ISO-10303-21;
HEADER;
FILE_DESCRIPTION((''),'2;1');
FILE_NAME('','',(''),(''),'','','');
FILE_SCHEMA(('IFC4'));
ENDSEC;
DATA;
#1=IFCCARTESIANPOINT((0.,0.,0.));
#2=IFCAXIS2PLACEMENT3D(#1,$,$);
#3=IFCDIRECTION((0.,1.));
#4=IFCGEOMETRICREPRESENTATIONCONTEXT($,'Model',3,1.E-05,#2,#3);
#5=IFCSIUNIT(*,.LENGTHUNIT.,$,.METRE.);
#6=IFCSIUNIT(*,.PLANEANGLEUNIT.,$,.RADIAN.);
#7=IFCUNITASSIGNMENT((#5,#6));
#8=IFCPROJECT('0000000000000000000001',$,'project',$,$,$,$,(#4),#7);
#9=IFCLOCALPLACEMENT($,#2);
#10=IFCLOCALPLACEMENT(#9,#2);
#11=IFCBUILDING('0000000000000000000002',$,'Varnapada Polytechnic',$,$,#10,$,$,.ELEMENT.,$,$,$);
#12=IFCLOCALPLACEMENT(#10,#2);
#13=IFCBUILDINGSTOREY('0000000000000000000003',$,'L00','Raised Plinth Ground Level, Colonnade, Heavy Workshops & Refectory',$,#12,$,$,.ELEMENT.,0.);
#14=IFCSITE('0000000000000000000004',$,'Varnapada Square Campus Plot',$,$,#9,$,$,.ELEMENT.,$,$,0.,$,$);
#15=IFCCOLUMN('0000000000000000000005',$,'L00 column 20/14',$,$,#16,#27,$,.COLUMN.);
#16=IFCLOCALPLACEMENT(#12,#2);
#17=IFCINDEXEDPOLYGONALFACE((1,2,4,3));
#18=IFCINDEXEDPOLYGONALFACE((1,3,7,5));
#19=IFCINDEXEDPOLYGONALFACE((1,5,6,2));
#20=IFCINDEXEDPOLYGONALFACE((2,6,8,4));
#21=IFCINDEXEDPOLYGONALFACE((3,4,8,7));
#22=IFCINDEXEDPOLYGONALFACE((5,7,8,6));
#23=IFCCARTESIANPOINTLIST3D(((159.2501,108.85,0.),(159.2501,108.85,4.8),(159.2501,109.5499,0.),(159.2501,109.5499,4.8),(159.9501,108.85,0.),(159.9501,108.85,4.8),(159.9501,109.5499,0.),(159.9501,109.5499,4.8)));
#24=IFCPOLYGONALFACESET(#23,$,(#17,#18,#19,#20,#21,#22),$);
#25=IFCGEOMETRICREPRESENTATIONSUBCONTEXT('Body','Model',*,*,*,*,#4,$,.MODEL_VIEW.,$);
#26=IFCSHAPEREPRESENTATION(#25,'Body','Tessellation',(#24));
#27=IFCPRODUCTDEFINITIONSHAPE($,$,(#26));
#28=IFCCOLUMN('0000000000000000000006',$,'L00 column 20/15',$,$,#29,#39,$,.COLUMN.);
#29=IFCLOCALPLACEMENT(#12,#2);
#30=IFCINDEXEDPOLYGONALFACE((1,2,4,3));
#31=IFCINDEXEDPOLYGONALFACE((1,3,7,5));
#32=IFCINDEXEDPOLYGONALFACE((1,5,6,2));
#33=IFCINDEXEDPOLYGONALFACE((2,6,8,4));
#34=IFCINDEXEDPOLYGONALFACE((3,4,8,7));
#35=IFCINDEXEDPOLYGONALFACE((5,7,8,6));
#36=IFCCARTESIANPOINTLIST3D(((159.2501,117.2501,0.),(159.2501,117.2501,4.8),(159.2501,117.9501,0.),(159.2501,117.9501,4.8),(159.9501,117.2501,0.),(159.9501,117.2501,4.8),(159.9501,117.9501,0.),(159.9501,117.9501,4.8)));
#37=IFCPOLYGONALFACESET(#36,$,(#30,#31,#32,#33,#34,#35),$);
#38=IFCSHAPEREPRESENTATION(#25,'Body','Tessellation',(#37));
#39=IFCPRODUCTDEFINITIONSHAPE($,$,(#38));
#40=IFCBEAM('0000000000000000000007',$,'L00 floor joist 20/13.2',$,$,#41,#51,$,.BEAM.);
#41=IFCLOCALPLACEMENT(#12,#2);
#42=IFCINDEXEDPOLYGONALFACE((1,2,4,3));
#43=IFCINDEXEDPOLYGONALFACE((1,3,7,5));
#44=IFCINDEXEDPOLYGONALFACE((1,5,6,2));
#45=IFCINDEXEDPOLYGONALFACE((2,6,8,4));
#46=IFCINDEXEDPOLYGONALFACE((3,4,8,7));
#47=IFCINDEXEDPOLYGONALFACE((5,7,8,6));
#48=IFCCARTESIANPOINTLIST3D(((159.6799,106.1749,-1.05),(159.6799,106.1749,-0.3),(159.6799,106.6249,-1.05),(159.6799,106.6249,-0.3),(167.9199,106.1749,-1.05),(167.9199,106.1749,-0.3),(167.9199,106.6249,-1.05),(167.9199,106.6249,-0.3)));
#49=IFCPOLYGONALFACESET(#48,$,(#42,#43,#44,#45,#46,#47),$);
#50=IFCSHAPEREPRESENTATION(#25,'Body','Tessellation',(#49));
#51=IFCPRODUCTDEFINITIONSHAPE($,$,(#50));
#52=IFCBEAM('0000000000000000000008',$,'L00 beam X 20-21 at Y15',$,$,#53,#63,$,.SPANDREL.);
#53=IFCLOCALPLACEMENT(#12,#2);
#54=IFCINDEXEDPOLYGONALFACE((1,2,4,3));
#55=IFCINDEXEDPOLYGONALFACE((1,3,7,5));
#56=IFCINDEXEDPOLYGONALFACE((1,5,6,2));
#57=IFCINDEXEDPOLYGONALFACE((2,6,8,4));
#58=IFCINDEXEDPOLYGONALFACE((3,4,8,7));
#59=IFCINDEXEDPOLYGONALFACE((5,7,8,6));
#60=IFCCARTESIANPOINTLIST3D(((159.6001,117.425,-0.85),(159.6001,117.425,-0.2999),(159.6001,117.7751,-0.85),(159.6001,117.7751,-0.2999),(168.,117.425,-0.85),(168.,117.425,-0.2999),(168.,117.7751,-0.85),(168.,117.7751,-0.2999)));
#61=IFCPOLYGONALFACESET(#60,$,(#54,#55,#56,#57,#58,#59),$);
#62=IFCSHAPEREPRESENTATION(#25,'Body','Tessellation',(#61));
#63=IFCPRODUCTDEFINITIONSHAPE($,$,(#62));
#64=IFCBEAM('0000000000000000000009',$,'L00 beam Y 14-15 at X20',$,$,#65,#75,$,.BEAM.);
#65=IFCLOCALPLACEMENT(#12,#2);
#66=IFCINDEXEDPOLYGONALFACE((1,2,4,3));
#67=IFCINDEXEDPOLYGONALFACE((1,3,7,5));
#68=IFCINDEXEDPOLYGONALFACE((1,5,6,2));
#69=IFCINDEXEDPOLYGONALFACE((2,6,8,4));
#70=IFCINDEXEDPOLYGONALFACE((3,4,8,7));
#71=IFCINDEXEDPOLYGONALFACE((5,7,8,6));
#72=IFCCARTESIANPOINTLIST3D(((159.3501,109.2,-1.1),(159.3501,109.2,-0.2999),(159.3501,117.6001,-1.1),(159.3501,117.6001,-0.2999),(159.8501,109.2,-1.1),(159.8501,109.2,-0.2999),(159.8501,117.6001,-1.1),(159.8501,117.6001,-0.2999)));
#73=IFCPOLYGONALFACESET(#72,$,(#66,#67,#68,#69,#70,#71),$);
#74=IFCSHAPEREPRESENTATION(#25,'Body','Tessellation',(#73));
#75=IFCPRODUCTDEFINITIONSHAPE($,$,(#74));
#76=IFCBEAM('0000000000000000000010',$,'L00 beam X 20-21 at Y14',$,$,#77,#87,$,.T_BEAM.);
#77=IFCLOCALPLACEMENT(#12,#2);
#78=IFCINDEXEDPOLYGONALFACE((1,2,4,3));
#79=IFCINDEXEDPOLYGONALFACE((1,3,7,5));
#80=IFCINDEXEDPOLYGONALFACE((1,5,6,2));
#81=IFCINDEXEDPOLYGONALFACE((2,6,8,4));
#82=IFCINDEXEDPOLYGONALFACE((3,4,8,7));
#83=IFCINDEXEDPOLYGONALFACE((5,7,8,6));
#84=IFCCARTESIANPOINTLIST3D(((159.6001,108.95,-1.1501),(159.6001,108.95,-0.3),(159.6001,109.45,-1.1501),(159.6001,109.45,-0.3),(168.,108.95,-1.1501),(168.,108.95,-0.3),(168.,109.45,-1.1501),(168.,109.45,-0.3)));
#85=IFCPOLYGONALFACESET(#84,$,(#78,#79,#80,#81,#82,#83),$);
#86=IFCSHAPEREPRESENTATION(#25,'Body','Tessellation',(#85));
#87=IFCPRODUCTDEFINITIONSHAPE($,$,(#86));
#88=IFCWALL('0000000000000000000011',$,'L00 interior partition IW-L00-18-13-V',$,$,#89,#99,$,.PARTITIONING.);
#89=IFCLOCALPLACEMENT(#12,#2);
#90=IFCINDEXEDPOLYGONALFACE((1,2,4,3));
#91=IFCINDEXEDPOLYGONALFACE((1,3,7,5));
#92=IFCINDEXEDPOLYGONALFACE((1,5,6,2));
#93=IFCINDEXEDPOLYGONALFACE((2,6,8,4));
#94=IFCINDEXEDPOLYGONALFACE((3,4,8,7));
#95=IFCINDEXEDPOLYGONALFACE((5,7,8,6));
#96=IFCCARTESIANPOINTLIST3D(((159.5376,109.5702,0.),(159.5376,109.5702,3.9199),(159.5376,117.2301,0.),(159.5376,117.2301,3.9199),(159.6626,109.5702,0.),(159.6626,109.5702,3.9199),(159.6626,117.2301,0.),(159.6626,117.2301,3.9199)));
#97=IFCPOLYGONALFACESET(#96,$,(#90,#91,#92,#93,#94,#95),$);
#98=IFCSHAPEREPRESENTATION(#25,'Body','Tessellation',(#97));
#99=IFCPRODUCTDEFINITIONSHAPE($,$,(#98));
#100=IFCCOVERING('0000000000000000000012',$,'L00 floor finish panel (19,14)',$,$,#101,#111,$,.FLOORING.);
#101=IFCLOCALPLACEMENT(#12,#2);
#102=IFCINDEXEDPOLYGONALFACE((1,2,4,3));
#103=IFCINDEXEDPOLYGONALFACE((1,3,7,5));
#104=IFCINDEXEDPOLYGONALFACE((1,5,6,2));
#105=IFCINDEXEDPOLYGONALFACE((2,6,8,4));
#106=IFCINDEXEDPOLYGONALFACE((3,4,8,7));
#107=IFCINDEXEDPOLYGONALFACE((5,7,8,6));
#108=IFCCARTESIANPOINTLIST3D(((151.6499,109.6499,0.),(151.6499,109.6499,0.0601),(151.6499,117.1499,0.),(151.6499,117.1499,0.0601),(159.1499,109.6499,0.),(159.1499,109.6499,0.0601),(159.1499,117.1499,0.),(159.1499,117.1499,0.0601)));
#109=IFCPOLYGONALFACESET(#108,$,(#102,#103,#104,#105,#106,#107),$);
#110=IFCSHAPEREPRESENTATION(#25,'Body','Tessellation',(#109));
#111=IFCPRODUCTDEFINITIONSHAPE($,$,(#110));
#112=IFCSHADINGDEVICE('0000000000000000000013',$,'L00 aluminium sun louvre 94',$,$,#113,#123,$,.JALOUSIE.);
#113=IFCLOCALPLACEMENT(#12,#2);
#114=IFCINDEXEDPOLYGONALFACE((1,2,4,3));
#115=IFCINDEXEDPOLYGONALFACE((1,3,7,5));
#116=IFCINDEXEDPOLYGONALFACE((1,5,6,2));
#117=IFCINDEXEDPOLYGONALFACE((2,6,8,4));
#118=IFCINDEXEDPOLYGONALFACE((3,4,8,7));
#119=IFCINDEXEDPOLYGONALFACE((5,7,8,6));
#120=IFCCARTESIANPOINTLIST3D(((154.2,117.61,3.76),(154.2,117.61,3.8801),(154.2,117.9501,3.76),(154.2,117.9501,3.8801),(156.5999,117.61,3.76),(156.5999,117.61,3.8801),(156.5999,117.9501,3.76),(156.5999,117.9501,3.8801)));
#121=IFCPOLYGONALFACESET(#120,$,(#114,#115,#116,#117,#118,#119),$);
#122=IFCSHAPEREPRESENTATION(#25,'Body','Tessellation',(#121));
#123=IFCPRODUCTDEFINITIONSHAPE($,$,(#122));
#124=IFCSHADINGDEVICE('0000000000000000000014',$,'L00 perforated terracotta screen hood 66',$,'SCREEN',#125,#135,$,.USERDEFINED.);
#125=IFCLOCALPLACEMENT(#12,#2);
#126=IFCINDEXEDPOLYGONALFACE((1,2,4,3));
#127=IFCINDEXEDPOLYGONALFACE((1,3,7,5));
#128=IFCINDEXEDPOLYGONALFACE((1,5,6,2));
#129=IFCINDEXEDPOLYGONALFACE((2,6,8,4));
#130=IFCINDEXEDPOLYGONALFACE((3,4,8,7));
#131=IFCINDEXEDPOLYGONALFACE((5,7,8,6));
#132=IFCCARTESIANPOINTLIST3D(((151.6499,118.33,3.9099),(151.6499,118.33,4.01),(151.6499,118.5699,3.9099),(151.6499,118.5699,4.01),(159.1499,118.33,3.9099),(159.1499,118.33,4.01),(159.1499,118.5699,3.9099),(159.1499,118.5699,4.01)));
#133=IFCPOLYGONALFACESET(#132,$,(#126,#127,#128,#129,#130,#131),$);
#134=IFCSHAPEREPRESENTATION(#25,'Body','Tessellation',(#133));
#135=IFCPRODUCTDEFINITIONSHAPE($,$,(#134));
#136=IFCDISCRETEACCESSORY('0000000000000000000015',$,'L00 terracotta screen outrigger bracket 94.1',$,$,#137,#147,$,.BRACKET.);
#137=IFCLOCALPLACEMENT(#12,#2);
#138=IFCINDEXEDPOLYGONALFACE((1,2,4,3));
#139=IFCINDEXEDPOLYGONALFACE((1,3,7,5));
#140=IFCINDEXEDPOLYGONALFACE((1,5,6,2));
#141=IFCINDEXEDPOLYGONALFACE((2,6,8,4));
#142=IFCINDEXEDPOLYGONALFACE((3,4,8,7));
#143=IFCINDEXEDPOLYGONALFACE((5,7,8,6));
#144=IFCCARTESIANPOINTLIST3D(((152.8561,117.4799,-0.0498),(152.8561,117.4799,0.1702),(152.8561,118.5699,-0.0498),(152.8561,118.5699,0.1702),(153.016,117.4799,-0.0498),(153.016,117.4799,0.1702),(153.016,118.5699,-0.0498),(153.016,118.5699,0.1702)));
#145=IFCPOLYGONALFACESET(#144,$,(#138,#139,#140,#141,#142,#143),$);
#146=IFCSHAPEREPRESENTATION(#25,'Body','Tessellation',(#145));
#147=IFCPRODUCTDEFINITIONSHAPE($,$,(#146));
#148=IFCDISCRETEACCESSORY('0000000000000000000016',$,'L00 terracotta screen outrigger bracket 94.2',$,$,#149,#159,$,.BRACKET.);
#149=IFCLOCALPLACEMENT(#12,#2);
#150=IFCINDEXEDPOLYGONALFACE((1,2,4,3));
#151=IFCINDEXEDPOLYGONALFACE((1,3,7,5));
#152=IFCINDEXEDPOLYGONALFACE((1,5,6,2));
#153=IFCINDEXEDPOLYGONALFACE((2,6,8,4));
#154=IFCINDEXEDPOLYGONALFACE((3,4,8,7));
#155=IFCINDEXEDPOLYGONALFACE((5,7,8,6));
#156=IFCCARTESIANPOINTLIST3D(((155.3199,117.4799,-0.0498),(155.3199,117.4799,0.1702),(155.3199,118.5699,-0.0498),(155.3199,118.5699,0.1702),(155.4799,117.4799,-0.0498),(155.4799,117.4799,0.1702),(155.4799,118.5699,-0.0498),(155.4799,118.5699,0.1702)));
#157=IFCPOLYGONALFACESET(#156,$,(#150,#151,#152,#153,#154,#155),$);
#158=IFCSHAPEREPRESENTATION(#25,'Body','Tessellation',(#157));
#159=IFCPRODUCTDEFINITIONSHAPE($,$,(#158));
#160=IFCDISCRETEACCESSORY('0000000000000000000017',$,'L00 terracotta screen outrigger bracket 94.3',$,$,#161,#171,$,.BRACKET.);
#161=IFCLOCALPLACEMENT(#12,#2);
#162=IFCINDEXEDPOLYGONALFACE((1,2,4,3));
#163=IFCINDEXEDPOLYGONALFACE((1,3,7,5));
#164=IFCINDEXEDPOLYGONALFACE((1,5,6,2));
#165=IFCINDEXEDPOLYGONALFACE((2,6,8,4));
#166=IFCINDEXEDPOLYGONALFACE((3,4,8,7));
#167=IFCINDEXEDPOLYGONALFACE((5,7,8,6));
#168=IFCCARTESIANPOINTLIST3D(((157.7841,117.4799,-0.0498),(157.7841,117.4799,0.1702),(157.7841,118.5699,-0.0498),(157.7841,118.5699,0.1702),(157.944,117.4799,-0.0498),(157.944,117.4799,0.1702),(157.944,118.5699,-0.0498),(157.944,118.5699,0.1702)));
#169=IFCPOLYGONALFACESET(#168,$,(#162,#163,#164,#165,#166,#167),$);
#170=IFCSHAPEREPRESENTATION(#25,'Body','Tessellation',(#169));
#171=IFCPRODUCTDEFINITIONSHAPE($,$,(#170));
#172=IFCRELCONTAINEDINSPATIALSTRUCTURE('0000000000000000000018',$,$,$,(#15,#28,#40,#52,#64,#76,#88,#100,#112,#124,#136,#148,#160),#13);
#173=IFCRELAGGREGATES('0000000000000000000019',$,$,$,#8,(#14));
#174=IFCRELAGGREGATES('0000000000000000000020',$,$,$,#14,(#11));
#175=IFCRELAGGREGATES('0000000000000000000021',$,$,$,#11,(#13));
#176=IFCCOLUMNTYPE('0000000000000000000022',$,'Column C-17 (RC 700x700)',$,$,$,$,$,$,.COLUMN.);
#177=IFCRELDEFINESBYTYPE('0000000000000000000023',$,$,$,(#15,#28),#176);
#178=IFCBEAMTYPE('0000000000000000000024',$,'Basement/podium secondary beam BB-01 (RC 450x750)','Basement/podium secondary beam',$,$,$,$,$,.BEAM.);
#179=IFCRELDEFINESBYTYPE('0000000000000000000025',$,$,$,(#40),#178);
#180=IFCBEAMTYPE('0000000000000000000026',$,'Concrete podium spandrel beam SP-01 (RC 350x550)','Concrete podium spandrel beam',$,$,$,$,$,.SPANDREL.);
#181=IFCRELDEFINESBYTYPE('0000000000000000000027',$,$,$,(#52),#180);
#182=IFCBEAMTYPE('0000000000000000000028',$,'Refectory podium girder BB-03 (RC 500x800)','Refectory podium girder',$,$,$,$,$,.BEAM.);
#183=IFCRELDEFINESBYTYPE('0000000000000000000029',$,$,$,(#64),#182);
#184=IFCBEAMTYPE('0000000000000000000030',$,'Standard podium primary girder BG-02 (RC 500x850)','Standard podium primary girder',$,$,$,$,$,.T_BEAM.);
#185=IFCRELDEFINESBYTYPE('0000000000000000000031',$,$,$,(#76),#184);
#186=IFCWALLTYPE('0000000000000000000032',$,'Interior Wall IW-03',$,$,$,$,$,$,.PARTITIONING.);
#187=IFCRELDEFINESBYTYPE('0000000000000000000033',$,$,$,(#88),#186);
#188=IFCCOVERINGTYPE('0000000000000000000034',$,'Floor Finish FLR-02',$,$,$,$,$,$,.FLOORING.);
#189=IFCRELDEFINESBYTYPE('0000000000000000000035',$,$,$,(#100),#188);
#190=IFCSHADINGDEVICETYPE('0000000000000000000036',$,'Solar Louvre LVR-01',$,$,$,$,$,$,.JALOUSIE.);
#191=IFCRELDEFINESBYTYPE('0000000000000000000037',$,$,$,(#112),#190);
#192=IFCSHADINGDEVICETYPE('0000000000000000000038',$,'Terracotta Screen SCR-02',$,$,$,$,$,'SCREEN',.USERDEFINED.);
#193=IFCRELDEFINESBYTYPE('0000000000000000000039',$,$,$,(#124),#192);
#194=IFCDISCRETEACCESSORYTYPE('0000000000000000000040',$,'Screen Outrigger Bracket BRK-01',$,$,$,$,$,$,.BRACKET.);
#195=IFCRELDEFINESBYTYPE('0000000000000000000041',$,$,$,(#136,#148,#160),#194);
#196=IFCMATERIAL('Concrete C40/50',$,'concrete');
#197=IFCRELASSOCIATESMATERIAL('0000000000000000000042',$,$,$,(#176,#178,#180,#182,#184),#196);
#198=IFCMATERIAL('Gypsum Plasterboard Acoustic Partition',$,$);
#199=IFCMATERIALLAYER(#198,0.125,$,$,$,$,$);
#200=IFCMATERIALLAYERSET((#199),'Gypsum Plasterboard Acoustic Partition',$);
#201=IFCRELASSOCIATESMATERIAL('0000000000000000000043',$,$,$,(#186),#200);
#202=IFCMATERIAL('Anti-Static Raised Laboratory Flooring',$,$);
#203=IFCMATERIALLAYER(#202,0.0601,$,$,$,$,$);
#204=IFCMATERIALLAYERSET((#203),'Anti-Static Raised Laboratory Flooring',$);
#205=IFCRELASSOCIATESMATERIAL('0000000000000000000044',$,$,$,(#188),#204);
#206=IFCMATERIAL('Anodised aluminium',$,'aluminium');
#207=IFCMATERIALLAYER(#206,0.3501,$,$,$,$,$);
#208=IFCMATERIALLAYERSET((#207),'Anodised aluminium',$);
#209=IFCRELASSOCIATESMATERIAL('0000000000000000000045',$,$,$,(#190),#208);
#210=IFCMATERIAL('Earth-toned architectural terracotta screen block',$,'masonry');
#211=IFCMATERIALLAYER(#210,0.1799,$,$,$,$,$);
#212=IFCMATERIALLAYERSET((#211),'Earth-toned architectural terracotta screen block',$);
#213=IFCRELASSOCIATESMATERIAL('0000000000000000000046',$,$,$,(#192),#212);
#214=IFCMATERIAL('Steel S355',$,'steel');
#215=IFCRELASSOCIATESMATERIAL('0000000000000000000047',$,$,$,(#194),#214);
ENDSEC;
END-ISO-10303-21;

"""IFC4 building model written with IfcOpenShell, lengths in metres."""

from ifc_helpers import new_model, si_unit, direction, frame, frame_2d, origin, origin_2d, place, context, subcontext, project, spatial, rectangle, extrude, material, layer, layer_set, material_profile, profile_set, type_object, element, save


model = new_model("IFC4")

# Units and contexts
model_context = context("Model", 3, precision=1e-05, world=origin(), true_north=direction((0.0, 1.0)))
body_context = subcontext(model_context, "Body", "Model", "MODEL_VIEW")
ifc_project = project(units=[si_unit("LENGTHUNIT", "METRE"), si_unit("PLANEANGLEUNIT", "RADIAN")], contexts=[model_context])

# Site, building, storey
site_placement = place(None, origin())
site = spatial("IfcSite", under=ifc_project, at=site_placement, Name="Varnapada Square Campus Plot", CompositionType="ELEMENT", RefElevation=0.0)
building_placement = place(site_placement, origin())
building = spatial("IfcBuilding", under=site, at=building_placement, Name="Varnapada Polytechnic", CompositionType="ELEMENT")
storey_placement = place(building_placement, origin())
storey = spatial("IfcBuildingStorey", under=building, at=storey_placement, Name="L00", Description="Raised Plinth Ground Level, Colonnade, Heavy Workshops & Refectory", CompositionType="ELEMENT", Elevation=0.0)

# Columns
ifc_material_1 = material(Name="Concrete C40/50", Category="concrete")
ifc_material_profile_1 = material_profile(ifc_material_1, rectangle(XDim=0.7, YDim=0.7, at=origin_2d()), Name="RC 700x700")
ifc_profile_set_1 = profile_set([ifc_material_profile_1], Name="Concrete C40/50")
column_type = type_object("IfcColumnType", Name="Column C-17 (RC 700x700)", PredefinedType="COLUMN", material=ifc_profile_set_1)
for number, where, z_axis, x_axis, name in (
    (1, (159.6001, 109.2, 0.0), (0.0, 0.0, 1.0), (1.0, 0.0, 0.0), "L00 column 20/14"),
    (2, (159.6001, 117.6001, 0.0), (0.0, 0.0, 1.0), (1.0, 0.0, 0.0), "L00 column 20/15"),
):
    element("IfcColumn", number, at=place(storey_placement, frame(where, z_axis=z_axis, x_axis=x_axis)), inside=storey, type_object=column_type, Name=name, PredefinedType="COLUMN", context=body_context, shape_type="SweptSolid", body=[
        extrude(rectangle(XDim=0.7, YDim=0.7, at=origin_2d()), origin(), (0.0, 0.0, 1.0), 4.8),
    ])

# Beams
ifc_material_profile_2 = material_profile(ifc_material_1, rectangle(XDim=0.45, YDim=0.75, at=origin_2d()), Name="RC 450x750")
ifc_profile_set_2 = profile_set([ifc_material_profile_2], Name="Concrete C40/50")
beam_type_1 = type_object("IfcBeamType", Name="Basement/podium secondary beam BB-01 (RC 450x750)", Description="Basement/podium secondary beam", PredefinedType="BEAM", material=ifc_profile_set_2)
beam_1_placement = place(storey_placement, frame((159.6799, 106.3999, -0.675), z_axis=(1.0, 0.0, 0.0), x_axis=(0.0, 1.0, 0.0)))
element("IfcBeam", 3, at=beam_1_placement, inside=storey, type_object=beam_type_1, Name="L00 floor joist 20/13.2", PredefinedType="BEAM", context=body_context, shape_type="SweptSolid", body=[
    extrude(rectangle(XDim=0.45, YDim=0.75, at=origin_2d()), origin(), (0.0, 0.0, 1.0), 8.24),
])
ifc_material_profile_3 = material_profile(ifc_material_1, rectangle(XDim=0.3501, YDim=0.55, at=origin_2d()), Name="RC 350x550")
ifc_profile_set_3 = profile_set([ifc_material_profile_3], Name="Concrete C40/50")
beam_type_2 = type_object("IfcBeamType", Name="Concrete podium spandrel beam SP-01 (RC 350x550)", Description="Concrete podium spandrel beam", PredefinedType="SPANDREL", material=ifc_profile_set_3)
beam_2_placement = place(storey_placement, frame((159.6001, 117.6001, -0.575), z_axis=(1.0, 0.0, 0.0), x_axis=(0.0, 1.0, 0.0)))
element("IfcBeam", 4, at=beam_2_placement, inside=storey, type_object=beam_type_2, Name="L00 beam X 20-21 at Y15", PredefinedType="SPANDREL", context=body_context, shape_type="SweptSolid", body=[
    extrude(rectangle(XDim=0.3501, YDim=0.55, at=origin_2d()), origin(), (0.0, 0.0, 1.0), 8.3999),
])
ifc_material_profile_4 = material_profile(ifc_material_1, rectangle(XDim=0.5, YDim=0.8, at=origin_2d()), Name="RC 500x800")
ifc_profile_set_4 = profile_set([ifc_material_profile_4], Name="Concrete C40/50")
beam_type_3 = type_object("IfcBeamType", Name="Refectory podium girder BB-03 (RC 500x800)", Description="Refectory podium girder", PredefinedType="BEAM", material=ifc_profile_set_4)
beam_3_placement = place(storey_placement, frame((159.6001, 109.2, -0.7), z_axis=(0.0, 1.0, 0.0), x_axis=(-1.0, 0.0, 0.0)))
element("IfcBeam", 5, at=beam_3_placement, inside=storey, type_object=beam_type_3, Name="L00 beam Y 14-15 at X20", PredefinedType="BEAM", context=body_context, shape_type="SweptSolid", body=[
    extrude(rectangle(XDim=0.5, YDim=0.8, at=origin_2d()), origin(), (0.0, 0.0, 1.0), 8.4001),
])
ifc_material_profile_5 = material_profile(ifc_material_1, rectangle(XDim=0.5, YDim=0.8501, at=origin_2d()), Name="RC 500x850")
ifc_profile_set_5 = profile_set([ifc_material_profile_5], Name="Concrete C40/50")
beam_type_4 = type_object("IfcBeamType", Name="Standard podium primary girder BG-02 (RC 500x850)", Description="Standard podium primary girder", PredefinedType="T_BEAM", material=ifc_profile_set_5)
beam_4_placement = place(storey_placement, frame((159.6001, 109.2, -0.7251), z_axis=(1.0, 0.0, 0.0), x_axis=(0.0, 1.0, 0.0)))
element("IfcBeam", 6, at=beam_4_placement, inside=storey, type_object=beam_type_4, Name="L00 beam X 20-21 at Y14", PredefinedType="T_BEAM", context=body_context, shape_type="SweptSolid", body=[
    extrude(rectangle(XDim=0.5, YDim=0.8501, at=origin_2d()), origin(), (0.0, 0.0, 1.0), 8.3999),
])

# Wall
ifc_material_2 = material(Name="Gypsum Plasterboard Acoustic Partition")
ifc_layer_1 = layer(ifc_material_2, 0.125)
ifc_layer_set_1 = layer_set([ifc_layer_1], Name="Gypsum Plasterboard Acoustic Partition")
wall_type = type_object("IfcWallType", Name="Interior Wall IW-03", PredefinedType="PARTITIONING", material=ifc_layer_set_1)
wall_placement = place(storey_placement, frame((159.6001, 109.5701, 0.0), z_axis=(0.0, 0.0, 1.0), x_axis=(0.0, 1.0, 0.0)))
element("IfcWall", 7, at=wall_placement, inside=storey, type_object=wall_type, Name="L00 interior partition IW-L00-18-13-V", PredefinedType="PARTITIONING", context=body_context, shape_type="SweptSolid", body=[
    extrude(rectangle(XDim=7.6599, YDim=0.125, at=frame_2d((3.8301, 0.0))), origin(), (0.0, 0.0, 1.0), 3.9199),
])

# Covering
ifc_material_3 = material(Name="Anti-Static Raised Laboratory Flooring")
ifc_layer_2 = layer(ifc_material_3, 0.0601)
ifc_layer_set_2 = layer_set([ifc_layer_2], Name="Anti-Static Raised Laboratory Flooring")
covering_type = type_object("IfcCoveringType", Name="Floor Finish FLR-02", PredefinedType="FLOORING", material=ifc_layer_set_2)
covering_placement = place(storey_placement, frame((155.3999, 113.3999, 0.0), z_axis=(0.0, 0.0, 1.0), x_axis=(1.0, 0.0, 0.0)))
element("IfcCovering", 8, at=covering_placement, inside=storey, type_object=covering_type, Name="L00 floor finish panel (19,14)", PredefinedType="FLOORING", context=body_context, shape_type="SweptSolid", body=[
    extrude(rectangle(XDim=7.5, YDim=7.5, at=origin_2d()), origin(), (0.0, 0.0, 1.0), 0.0601),
])

# Shading devices
ifc_material_4 = material(Name="Anodised aluminium", Category="aluminium")
ifc_layer_3 = layer(ifc_material_4, 0.3501)
ifc_layer_set_3 = layer_set([ifc_layer_3], Name="Anodised aluminium")
shading_device_type_1 = type_object("IfcShadingDeviceType", Name="Solar Louvre LVR-01", PredefinedType="JALOUSIE", material=ifc_layer_set_3)
shading_device_1_placement = place(storey_placement, frame((155.3999, 117.78, 3.76), z_axis=(0.0, 0.0, 1.0), x_axis=(1.0, 0.0, 0.0)))
element("IfcShadingDevice", 9, at=shading_device_1_placement, inside=storey, type_object=shading_device_type_1, Name="L00 aluminium sun louvre 94", PredefinedType="JALOUSIE", context=body_context, shape_type="SweptSolid", body=[
    extrude(rectangle(XDim=2.3999, YDim=0.3401, at=origin_2d()), origin(), (0.0, 0.0, 1.0), 0.1201),
])
ifc_material_5 = material(Name="Earth-toned architectural terracotta screen block", Category="masonry")
ifc_layer_4 = layer(ifc_material_5, 0.1799)
ifc_layer_set_4 = layer_set([ifc_layer_4], Name="Earth-toned architectural terracotta screen block")
shading_device_type_2 = type_object("IfcShadingDeviceType", Name="Terracotta Screen SCR-02", ElementType="SCREEN", PredefinedType="USERDEFINED", material=ifc_layer_set_4)
shading_device_2_placement = place(storey_placement, frame((155.3999, 118.45, 3.9099), z_axis=(0.0, 0.0, 1.0), x_axis=(1.0, 0.0, 0.0)))
element("IfcShadingDevice", 10, at=shading_device_2_placement, inside=storey, type_object=shading_device_type_2, Name="L00 perforated terracotta screen hood 66", ObjectType="SCREEN", PredefinedType="USERDEFINED", context=body_context, shape_type="SweptSolid", body=[
    extrude(rectangle(XDim=7.5, YDim=0.24, at=origin_2d()), origin(), (0.0, 0.0, 1.0), 0.1001),
])

# Discrete accessories
ifc_material_6 = material(Name="Steel S355", Category="steel")
discrete_accessory_type = type_object("IfcDiscreteAccessoryType", Name="Screen Outrigger Bracket BRK-01", PredefinedType="BRACKET", material=ifc_material_6)
for number, where, z_axis, x_axis, name in (
    (11, (152.936, 118.0249, -0.0498), (0.0, 0.0, 1.0), (1.0, 0.0, 0.0), "L00 terracotta screen outrigger bracket 94.1"),
    (12, (155.3999, 118.0249, -0.0498), (0.0, 0.0, 1.0), (1.0, 0.0, 0.0), "L00 terracotta screen outrigger bracket 94.2"),
    (13, (157.864, 118.0249, -0.0498), (0.0, 0.0, 1.0), (1.0, 0.0, 0.0), "L00 terracotta screen outrigger bracket 94.3"),
):
    element("IfcDiscreteAccessory", number, at=place(storey_placement, frame(where, z_axis=z_axis, x_axis=x_axis)), inside=storey, type_object=discrete_accessory_type, Name=name, PredefinedType="BRACKET", context=body_context, shape_type="SweptSolid", body=[
        extrude(rectangle(XDim=0.1599, YDim=1.0901, at=origin_2d()), origin(), (0.0, 0.0, 1.0), 0.22),
    ])

save(model, "model.ifc")
